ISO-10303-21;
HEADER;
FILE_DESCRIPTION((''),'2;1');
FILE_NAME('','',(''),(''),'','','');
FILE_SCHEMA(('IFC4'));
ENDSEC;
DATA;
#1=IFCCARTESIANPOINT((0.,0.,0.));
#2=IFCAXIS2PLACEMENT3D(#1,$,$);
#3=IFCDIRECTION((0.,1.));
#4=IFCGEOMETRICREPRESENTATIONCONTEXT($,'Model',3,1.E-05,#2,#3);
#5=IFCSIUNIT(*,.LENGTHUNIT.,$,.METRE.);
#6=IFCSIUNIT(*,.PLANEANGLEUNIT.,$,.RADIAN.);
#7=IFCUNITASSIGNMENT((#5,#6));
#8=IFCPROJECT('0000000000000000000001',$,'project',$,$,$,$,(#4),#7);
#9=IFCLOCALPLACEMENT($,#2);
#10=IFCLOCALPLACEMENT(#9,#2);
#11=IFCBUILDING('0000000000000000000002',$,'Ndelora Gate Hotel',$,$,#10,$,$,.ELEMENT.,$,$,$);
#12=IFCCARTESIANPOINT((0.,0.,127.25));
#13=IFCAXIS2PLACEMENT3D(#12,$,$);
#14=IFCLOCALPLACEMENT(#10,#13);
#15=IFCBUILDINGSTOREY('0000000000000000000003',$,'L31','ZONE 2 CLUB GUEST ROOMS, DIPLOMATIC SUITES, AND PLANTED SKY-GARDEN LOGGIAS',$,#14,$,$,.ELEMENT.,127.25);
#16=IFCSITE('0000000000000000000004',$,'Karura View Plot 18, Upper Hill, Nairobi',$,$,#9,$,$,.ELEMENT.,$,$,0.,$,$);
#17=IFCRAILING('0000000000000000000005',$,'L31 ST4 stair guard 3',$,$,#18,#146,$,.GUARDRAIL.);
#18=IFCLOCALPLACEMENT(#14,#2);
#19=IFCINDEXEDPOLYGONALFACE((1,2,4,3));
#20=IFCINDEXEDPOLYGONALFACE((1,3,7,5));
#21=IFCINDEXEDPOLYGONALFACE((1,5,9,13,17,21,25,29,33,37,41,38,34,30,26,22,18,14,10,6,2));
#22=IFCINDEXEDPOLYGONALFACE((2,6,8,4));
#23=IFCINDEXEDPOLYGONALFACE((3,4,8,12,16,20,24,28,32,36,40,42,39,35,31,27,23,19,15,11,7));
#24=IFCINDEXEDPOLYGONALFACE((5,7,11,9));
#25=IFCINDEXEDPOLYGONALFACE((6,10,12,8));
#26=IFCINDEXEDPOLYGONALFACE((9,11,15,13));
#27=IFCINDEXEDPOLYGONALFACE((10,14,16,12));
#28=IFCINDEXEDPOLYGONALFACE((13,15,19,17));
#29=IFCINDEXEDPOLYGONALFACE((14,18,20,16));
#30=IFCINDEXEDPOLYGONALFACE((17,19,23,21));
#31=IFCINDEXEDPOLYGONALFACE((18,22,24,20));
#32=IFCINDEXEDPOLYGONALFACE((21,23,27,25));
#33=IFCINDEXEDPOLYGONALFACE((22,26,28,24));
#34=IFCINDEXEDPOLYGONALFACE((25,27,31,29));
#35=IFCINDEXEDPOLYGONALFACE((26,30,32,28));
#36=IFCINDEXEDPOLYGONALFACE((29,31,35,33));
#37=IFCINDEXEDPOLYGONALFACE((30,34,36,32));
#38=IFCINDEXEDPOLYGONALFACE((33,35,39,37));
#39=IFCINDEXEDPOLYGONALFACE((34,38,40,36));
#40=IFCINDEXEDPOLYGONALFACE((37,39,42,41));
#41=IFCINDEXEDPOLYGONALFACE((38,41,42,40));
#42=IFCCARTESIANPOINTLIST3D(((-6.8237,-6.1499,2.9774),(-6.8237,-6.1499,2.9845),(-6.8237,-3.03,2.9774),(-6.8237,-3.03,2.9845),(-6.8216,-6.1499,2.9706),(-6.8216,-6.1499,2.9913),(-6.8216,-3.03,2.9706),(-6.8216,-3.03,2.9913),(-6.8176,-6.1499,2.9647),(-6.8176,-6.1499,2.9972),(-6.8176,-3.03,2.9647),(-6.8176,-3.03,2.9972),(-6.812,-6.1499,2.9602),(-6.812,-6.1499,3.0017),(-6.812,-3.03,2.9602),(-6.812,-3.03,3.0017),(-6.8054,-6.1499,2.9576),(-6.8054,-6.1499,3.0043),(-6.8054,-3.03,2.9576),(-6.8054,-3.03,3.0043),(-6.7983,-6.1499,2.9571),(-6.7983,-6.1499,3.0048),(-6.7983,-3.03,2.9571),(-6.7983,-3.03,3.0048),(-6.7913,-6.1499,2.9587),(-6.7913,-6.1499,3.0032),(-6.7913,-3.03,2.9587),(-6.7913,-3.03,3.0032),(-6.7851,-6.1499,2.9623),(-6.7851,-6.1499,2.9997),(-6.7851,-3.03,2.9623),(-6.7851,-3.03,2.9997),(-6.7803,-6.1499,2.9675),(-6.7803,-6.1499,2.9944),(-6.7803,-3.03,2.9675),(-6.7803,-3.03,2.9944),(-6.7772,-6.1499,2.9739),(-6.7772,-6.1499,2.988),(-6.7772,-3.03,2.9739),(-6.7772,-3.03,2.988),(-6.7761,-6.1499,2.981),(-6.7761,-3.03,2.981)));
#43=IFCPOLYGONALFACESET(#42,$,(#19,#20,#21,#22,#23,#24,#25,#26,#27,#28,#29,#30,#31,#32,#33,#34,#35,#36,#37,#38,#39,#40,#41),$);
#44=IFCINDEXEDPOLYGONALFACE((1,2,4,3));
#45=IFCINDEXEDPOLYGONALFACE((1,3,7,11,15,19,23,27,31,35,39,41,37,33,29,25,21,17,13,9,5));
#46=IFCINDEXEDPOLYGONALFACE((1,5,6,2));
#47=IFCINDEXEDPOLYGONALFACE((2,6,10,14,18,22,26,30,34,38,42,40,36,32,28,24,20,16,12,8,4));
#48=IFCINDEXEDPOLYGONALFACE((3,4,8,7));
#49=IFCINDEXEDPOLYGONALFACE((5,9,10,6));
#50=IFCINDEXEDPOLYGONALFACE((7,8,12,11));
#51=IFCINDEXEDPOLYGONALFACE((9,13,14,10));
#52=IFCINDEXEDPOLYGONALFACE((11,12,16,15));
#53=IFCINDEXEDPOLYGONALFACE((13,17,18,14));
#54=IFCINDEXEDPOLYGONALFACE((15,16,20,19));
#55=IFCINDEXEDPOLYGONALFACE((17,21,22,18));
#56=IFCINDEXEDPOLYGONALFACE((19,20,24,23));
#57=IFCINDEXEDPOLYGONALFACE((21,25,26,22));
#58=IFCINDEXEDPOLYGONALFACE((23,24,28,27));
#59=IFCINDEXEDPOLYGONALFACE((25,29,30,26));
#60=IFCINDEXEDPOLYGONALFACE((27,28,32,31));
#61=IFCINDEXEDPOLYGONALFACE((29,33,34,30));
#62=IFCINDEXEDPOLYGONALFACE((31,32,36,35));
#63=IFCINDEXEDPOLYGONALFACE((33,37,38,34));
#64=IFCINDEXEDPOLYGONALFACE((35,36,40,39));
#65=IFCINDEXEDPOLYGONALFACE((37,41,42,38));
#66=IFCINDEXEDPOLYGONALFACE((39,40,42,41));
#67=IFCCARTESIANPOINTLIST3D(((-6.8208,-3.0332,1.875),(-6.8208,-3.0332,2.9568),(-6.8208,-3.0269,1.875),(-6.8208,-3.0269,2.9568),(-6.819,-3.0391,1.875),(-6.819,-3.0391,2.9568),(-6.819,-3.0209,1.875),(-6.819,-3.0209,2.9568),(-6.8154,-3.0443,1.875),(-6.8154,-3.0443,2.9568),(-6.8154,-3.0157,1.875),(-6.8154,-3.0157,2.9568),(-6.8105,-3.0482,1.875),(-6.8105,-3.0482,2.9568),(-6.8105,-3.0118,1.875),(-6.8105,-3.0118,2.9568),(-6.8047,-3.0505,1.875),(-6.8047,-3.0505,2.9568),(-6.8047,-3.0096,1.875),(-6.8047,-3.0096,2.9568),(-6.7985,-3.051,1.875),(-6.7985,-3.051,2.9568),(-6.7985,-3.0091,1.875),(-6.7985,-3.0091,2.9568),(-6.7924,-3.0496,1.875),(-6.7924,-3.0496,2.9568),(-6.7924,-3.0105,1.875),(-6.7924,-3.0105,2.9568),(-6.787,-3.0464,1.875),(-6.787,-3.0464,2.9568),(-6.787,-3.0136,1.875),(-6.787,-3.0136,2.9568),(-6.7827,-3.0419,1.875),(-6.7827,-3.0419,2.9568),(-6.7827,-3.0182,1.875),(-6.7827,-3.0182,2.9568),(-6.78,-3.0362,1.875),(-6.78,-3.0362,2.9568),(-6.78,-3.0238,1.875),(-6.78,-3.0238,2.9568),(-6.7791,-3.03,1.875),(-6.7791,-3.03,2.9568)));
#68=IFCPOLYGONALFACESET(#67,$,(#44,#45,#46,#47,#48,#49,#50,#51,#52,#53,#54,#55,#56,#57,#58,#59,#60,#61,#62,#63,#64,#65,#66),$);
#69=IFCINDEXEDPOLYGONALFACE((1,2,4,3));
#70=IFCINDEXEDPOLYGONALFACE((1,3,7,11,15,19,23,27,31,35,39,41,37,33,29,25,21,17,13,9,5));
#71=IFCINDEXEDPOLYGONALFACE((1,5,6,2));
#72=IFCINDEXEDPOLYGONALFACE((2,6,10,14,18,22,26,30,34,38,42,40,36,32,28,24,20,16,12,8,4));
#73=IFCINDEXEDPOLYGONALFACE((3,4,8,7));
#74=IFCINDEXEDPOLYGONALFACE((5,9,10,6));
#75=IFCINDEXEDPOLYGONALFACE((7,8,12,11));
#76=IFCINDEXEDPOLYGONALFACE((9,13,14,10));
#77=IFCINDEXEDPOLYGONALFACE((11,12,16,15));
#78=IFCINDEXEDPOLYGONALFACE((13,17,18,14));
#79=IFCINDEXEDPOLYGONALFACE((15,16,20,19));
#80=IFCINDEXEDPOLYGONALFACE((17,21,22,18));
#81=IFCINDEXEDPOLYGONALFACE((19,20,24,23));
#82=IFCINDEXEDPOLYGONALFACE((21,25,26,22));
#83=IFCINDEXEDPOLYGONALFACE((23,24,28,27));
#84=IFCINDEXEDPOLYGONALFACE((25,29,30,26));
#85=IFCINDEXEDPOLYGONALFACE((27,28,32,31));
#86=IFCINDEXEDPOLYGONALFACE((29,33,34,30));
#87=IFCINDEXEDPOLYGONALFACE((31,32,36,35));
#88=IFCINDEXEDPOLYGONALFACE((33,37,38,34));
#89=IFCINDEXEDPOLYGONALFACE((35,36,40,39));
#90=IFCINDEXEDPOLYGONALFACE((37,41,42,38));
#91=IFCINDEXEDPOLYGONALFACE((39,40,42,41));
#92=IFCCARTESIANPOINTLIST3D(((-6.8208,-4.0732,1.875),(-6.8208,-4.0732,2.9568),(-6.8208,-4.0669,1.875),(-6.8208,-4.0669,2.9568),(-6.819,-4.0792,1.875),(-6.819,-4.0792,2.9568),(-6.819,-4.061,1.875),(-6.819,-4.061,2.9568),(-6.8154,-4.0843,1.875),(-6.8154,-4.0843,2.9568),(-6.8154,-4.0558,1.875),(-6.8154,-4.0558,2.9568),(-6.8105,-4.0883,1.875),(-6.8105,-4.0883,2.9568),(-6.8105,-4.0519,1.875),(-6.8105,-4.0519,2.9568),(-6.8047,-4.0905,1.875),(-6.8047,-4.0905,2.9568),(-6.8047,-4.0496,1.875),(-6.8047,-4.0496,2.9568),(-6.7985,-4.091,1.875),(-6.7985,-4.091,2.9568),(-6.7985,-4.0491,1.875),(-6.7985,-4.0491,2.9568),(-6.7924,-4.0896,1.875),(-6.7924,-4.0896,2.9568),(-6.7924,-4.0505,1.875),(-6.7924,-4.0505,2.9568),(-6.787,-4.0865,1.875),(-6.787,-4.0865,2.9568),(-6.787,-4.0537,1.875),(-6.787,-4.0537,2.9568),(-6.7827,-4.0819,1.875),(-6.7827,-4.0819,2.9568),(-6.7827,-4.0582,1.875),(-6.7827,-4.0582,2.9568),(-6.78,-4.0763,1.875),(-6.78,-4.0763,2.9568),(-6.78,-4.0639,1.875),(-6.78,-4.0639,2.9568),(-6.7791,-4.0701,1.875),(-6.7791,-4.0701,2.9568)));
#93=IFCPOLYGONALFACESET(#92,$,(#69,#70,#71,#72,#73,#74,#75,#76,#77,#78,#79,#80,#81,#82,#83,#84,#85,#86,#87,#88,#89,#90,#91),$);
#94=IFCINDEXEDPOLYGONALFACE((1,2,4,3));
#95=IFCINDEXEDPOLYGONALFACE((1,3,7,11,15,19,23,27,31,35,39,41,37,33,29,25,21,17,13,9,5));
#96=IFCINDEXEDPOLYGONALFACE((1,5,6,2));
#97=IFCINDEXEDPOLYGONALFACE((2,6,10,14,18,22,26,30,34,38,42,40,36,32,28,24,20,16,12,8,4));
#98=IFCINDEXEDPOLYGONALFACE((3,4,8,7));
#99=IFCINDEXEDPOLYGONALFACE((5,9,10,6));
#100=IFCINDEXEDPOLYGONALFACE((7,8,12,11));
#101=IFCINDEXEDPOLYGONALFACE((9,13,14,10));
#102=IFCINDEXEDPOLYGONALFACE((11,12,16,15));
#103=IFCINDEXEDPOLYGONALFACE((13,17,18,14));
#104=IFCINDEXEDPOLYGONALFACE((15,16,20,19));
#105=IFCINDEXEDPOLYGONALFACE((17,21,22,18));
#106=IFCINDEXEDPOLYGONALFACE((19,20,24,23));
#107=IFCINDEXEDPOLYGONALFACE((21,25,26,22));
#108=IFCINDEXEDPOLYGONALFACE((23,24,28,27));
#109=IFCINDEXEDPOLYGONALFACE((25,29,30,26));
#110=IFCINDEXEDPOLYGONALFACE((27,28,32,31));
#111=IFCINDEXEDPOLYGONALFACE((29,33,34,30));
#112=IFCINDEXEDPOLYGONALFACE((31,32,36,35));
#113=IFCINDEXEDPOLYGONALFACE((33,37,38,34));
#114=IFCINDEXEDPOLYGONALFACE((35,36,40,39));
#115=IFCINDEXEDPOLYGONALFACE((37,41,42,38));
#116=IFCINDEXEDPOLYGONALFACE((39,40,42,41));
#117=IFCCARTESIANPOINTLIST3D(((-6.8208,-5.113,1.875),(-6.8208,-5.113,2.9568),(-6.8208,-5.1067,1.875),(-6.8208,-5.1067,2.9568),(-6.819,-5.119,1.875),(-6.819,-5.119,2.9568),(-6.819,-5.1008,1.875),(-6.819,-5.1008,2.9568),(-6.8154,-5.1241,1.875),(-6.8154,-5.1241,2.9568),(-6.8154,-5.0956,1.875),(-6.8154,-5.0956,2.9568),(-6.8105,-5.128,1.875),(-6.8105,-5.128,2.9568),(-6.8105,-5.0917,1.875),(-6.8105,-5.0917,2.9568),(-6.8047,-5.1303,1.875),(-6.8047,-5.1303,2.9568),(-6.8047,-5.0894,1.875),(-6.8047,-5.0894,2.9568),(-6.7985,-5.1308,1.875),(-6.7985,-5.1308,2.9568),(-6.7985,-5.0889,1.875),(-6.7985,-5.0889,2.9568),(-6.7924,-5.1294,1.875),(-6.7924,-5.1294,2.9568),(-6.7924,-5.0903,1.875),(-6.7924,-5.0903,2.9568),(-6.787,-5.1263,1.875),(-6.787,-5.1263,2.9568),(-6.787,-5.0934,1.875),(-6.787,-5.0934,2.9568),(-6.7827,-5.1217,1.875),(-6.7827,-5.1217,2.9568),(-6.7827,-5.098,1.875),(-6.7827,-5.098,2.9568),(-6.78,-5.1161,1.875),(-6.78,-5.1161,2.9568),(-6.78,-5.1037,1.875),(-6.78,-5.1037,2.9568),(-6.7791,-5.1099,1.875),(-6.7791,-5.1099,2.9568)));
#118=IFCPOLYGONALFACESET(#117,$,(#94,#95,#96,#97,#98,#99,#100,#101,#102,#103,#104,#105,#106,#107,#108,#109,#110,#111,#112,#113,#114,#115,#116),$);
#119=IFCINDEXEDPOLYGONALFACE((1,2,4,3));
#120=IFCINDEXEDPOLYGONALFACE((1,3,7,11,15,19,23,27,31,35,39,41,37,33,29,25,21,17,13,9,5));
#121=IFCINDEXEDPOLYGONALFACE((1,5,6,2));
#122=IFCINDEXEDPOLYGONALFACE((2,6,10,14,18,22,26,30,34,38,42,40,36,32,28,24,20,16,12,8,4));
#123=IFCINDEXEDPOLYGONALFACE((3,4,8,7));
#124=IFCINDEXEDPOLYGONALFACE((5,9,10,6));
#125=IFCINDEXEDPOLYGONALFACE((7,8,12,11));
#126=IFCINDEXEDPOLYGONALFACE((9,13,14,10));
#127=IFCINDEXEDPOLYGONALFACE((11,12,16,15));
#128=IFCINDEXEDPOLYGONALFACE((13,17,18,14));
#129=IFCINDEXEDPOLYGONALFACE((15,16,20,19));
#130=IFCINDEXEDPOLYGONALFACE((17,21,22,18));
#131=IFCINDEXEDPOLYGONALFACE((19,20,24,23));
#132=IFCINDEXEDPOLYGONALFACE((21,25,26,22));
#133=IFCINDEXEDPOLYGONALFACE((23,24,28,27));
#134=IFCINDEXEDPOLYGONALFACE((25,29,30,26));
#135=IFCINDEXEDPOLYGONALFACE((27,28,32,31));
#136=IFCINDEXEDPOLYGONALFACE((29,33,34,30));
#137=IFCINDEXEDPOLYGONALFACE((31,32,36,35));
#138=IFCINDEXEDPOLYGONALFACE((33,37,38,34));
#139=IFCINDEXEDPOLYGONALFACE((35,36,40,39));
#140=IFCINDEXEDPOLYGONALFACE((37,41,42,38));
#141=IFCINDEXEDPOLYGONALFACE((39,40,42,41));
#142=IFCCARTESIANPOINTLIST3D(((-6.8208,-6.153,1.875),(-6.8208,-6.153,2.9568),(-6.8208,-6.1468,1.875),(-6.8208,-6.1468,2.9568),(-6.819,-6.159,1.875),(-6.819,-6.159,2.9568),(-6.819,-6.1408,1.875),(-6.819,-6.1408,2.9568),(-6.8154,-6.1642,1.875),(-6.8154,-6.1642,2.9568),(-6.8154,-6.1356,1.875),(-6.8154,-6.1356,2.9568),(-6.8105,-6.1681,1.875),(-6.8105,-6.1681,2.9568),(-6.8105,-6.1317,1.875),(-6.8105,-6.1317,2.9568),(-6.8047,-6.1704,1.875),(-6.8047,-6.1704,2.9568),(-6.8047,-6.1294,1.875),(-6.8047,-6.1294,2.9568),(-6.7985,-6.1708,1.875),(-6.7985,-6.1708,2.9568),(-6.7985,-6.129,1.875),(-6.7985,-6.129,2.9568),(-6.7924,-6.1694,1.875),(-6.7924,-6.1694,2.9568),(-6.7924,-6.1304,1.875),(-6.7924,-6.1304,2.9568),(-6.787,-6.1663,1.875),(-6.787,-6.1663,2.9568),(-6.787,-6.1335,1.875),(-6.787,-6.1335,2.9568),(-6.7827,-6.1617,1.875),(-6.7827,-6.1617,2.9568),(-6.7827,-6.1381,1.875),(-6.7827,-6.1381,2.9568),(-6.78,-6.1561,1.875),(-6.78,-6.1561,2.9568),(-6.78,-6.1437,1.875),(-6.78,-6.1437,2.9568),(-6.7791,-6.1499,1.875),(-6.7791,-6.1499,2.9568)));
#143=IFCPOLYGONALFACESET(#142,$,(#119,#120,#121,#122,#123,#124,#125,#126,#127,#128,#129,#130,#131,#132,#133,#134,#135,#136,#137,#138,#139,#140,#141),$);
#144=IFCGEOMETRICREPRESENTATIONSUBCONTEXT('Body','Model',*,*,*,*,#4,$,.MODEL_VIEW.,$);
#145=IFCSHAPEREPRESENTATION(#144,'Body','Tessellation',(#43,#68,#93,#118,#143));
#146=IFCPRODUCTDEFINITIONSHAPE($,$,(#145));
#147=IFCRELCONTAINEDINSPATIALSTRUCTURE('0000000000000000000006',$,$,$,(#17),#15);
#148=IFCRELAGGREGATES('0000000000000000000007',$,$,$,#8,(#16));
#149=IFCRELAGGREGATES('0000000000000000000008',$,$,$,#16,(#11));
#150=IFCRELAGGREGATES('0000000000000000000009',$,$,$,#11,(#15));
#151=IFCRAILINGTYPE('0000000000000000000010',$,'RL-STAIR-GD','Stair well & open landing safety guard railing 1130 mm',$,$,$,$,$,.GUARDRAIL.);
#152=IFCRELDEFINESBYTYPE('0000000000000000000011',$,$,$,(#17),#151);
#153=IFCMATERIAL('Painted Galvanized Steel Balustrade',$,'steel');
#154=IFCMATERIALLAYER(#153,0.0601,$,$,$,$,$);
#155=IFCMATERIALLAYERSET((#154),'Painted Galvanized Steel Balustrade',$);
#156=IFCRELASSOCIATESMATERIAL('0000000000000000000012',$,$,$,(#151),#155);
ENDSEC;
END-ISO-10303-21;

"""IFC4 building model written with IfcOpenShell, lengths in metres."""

from ifc_helpers import new_model, si_unit, direction, frame, origin, origin_2d, place, context, subcontext, project, spatial, circle, extrude, material, layer, layer_set, type_object, element, save


model = new_model("IFC4")

# Units and contexts
model_context = context("Model", 3, precision=1e-05, world=origin(), true_north=direction((0.0, 1.0)))
body_context = subcontext(model_context, "Body", "Model", "MODEL_VIEW")
ifc_project = project(units=[si_unit("LENGTHUNIT", "METRE"), si_unit("PLANEANGLEUNIT", "RADIAN")], contexts=[model_context])

# Site, building, storey
site_placement = place(None, origin())
site = spatial("IfcSite", under=ifc_project, at=site_placement, Name="Karura View Plot 18, Upper Hill, Nairobi", CompositionType="ELEMENT", RefElevation=0.0)
building_placement = place(site_placement, origin())
building = spatial("IfcBuilding", under=site, at=building_placement, Name="Ndelora Gate Hotel", CompositionType="ELEMENT")
storey_placement = place(building_placement, frame((0.0, 0.0, 127.25)))
storey = spatial("IfcBuildingStorey", under=building, at=storey_placement, Name="L31", Description="ZONE 2 CLUB GUEST ROOMS, DIPLOMATIC SUITES, AND PLANTED SKY-GARDEN LOGGIAS", CompositionType="ELEMENT", Elevation=127.25)

# Railing
ifc_material_1 = material(Name="Painted Galvanized Steel Balustrade", Category="steel")
ifc_layer_1 = layer(ifc_material_1, 0.0601)
ifc_layer_set_1 = layer_set([ifc_layer_1], Name="Painted Galvanized Steel Balustrade")
railing_type_1 = type_object("IfcRailingType", Name="RL-STAIR-GD", Description="Stair well & open landing safety guard railing 1130 mm", PredefinedType="GUARDRAIL", material=ifc_layer_set_1)
for number, where, name in (
    (1, (-6.8, -3.03, 1.875), "L31 ST4 stair guard 3"),
):
    element("IfcRailing", number, at=place(storey_placement, frame(where)), inside=storey, type_object=railing_type_1, Name=name, PredefinedType="GUARDRAIL", context=body_context, shape_type="SweptSolid", body=[
        extrude(circle(Radius=0.0239, at=origin_2d()), frame((0.0, 0.0, 1.106), z_axis=(0.0, -1.0, 0.0), x_axis=(1.0, 0.0, 0.0)), (0.0, 0.0, 1.0), 3.1199),
        extrude(circle(Radius=0.021, at=origin_2d()), origin(), (0.0, 0.0, 1.0), 1.0818),
        extrude(circle(Radius=0.021, at=origin_2d()), frame((0.0, -1.04, 0.0)), (0.0, 0.0, 1.0), 1.0818),
        extrude(circle(Radius=0.021, at=origin_2d()), frame((0.0, -2.0798, 0.0)), (0.0, 0.0, 1.0), 1.0818),
        extrude(circle(Radius=0.021, at=origin_2d()), frame((0.0, -3.1199, 0.0)), (0.0, 0.0, 1.0), 1.0818),
    ])

save(model, "model.ifc")
